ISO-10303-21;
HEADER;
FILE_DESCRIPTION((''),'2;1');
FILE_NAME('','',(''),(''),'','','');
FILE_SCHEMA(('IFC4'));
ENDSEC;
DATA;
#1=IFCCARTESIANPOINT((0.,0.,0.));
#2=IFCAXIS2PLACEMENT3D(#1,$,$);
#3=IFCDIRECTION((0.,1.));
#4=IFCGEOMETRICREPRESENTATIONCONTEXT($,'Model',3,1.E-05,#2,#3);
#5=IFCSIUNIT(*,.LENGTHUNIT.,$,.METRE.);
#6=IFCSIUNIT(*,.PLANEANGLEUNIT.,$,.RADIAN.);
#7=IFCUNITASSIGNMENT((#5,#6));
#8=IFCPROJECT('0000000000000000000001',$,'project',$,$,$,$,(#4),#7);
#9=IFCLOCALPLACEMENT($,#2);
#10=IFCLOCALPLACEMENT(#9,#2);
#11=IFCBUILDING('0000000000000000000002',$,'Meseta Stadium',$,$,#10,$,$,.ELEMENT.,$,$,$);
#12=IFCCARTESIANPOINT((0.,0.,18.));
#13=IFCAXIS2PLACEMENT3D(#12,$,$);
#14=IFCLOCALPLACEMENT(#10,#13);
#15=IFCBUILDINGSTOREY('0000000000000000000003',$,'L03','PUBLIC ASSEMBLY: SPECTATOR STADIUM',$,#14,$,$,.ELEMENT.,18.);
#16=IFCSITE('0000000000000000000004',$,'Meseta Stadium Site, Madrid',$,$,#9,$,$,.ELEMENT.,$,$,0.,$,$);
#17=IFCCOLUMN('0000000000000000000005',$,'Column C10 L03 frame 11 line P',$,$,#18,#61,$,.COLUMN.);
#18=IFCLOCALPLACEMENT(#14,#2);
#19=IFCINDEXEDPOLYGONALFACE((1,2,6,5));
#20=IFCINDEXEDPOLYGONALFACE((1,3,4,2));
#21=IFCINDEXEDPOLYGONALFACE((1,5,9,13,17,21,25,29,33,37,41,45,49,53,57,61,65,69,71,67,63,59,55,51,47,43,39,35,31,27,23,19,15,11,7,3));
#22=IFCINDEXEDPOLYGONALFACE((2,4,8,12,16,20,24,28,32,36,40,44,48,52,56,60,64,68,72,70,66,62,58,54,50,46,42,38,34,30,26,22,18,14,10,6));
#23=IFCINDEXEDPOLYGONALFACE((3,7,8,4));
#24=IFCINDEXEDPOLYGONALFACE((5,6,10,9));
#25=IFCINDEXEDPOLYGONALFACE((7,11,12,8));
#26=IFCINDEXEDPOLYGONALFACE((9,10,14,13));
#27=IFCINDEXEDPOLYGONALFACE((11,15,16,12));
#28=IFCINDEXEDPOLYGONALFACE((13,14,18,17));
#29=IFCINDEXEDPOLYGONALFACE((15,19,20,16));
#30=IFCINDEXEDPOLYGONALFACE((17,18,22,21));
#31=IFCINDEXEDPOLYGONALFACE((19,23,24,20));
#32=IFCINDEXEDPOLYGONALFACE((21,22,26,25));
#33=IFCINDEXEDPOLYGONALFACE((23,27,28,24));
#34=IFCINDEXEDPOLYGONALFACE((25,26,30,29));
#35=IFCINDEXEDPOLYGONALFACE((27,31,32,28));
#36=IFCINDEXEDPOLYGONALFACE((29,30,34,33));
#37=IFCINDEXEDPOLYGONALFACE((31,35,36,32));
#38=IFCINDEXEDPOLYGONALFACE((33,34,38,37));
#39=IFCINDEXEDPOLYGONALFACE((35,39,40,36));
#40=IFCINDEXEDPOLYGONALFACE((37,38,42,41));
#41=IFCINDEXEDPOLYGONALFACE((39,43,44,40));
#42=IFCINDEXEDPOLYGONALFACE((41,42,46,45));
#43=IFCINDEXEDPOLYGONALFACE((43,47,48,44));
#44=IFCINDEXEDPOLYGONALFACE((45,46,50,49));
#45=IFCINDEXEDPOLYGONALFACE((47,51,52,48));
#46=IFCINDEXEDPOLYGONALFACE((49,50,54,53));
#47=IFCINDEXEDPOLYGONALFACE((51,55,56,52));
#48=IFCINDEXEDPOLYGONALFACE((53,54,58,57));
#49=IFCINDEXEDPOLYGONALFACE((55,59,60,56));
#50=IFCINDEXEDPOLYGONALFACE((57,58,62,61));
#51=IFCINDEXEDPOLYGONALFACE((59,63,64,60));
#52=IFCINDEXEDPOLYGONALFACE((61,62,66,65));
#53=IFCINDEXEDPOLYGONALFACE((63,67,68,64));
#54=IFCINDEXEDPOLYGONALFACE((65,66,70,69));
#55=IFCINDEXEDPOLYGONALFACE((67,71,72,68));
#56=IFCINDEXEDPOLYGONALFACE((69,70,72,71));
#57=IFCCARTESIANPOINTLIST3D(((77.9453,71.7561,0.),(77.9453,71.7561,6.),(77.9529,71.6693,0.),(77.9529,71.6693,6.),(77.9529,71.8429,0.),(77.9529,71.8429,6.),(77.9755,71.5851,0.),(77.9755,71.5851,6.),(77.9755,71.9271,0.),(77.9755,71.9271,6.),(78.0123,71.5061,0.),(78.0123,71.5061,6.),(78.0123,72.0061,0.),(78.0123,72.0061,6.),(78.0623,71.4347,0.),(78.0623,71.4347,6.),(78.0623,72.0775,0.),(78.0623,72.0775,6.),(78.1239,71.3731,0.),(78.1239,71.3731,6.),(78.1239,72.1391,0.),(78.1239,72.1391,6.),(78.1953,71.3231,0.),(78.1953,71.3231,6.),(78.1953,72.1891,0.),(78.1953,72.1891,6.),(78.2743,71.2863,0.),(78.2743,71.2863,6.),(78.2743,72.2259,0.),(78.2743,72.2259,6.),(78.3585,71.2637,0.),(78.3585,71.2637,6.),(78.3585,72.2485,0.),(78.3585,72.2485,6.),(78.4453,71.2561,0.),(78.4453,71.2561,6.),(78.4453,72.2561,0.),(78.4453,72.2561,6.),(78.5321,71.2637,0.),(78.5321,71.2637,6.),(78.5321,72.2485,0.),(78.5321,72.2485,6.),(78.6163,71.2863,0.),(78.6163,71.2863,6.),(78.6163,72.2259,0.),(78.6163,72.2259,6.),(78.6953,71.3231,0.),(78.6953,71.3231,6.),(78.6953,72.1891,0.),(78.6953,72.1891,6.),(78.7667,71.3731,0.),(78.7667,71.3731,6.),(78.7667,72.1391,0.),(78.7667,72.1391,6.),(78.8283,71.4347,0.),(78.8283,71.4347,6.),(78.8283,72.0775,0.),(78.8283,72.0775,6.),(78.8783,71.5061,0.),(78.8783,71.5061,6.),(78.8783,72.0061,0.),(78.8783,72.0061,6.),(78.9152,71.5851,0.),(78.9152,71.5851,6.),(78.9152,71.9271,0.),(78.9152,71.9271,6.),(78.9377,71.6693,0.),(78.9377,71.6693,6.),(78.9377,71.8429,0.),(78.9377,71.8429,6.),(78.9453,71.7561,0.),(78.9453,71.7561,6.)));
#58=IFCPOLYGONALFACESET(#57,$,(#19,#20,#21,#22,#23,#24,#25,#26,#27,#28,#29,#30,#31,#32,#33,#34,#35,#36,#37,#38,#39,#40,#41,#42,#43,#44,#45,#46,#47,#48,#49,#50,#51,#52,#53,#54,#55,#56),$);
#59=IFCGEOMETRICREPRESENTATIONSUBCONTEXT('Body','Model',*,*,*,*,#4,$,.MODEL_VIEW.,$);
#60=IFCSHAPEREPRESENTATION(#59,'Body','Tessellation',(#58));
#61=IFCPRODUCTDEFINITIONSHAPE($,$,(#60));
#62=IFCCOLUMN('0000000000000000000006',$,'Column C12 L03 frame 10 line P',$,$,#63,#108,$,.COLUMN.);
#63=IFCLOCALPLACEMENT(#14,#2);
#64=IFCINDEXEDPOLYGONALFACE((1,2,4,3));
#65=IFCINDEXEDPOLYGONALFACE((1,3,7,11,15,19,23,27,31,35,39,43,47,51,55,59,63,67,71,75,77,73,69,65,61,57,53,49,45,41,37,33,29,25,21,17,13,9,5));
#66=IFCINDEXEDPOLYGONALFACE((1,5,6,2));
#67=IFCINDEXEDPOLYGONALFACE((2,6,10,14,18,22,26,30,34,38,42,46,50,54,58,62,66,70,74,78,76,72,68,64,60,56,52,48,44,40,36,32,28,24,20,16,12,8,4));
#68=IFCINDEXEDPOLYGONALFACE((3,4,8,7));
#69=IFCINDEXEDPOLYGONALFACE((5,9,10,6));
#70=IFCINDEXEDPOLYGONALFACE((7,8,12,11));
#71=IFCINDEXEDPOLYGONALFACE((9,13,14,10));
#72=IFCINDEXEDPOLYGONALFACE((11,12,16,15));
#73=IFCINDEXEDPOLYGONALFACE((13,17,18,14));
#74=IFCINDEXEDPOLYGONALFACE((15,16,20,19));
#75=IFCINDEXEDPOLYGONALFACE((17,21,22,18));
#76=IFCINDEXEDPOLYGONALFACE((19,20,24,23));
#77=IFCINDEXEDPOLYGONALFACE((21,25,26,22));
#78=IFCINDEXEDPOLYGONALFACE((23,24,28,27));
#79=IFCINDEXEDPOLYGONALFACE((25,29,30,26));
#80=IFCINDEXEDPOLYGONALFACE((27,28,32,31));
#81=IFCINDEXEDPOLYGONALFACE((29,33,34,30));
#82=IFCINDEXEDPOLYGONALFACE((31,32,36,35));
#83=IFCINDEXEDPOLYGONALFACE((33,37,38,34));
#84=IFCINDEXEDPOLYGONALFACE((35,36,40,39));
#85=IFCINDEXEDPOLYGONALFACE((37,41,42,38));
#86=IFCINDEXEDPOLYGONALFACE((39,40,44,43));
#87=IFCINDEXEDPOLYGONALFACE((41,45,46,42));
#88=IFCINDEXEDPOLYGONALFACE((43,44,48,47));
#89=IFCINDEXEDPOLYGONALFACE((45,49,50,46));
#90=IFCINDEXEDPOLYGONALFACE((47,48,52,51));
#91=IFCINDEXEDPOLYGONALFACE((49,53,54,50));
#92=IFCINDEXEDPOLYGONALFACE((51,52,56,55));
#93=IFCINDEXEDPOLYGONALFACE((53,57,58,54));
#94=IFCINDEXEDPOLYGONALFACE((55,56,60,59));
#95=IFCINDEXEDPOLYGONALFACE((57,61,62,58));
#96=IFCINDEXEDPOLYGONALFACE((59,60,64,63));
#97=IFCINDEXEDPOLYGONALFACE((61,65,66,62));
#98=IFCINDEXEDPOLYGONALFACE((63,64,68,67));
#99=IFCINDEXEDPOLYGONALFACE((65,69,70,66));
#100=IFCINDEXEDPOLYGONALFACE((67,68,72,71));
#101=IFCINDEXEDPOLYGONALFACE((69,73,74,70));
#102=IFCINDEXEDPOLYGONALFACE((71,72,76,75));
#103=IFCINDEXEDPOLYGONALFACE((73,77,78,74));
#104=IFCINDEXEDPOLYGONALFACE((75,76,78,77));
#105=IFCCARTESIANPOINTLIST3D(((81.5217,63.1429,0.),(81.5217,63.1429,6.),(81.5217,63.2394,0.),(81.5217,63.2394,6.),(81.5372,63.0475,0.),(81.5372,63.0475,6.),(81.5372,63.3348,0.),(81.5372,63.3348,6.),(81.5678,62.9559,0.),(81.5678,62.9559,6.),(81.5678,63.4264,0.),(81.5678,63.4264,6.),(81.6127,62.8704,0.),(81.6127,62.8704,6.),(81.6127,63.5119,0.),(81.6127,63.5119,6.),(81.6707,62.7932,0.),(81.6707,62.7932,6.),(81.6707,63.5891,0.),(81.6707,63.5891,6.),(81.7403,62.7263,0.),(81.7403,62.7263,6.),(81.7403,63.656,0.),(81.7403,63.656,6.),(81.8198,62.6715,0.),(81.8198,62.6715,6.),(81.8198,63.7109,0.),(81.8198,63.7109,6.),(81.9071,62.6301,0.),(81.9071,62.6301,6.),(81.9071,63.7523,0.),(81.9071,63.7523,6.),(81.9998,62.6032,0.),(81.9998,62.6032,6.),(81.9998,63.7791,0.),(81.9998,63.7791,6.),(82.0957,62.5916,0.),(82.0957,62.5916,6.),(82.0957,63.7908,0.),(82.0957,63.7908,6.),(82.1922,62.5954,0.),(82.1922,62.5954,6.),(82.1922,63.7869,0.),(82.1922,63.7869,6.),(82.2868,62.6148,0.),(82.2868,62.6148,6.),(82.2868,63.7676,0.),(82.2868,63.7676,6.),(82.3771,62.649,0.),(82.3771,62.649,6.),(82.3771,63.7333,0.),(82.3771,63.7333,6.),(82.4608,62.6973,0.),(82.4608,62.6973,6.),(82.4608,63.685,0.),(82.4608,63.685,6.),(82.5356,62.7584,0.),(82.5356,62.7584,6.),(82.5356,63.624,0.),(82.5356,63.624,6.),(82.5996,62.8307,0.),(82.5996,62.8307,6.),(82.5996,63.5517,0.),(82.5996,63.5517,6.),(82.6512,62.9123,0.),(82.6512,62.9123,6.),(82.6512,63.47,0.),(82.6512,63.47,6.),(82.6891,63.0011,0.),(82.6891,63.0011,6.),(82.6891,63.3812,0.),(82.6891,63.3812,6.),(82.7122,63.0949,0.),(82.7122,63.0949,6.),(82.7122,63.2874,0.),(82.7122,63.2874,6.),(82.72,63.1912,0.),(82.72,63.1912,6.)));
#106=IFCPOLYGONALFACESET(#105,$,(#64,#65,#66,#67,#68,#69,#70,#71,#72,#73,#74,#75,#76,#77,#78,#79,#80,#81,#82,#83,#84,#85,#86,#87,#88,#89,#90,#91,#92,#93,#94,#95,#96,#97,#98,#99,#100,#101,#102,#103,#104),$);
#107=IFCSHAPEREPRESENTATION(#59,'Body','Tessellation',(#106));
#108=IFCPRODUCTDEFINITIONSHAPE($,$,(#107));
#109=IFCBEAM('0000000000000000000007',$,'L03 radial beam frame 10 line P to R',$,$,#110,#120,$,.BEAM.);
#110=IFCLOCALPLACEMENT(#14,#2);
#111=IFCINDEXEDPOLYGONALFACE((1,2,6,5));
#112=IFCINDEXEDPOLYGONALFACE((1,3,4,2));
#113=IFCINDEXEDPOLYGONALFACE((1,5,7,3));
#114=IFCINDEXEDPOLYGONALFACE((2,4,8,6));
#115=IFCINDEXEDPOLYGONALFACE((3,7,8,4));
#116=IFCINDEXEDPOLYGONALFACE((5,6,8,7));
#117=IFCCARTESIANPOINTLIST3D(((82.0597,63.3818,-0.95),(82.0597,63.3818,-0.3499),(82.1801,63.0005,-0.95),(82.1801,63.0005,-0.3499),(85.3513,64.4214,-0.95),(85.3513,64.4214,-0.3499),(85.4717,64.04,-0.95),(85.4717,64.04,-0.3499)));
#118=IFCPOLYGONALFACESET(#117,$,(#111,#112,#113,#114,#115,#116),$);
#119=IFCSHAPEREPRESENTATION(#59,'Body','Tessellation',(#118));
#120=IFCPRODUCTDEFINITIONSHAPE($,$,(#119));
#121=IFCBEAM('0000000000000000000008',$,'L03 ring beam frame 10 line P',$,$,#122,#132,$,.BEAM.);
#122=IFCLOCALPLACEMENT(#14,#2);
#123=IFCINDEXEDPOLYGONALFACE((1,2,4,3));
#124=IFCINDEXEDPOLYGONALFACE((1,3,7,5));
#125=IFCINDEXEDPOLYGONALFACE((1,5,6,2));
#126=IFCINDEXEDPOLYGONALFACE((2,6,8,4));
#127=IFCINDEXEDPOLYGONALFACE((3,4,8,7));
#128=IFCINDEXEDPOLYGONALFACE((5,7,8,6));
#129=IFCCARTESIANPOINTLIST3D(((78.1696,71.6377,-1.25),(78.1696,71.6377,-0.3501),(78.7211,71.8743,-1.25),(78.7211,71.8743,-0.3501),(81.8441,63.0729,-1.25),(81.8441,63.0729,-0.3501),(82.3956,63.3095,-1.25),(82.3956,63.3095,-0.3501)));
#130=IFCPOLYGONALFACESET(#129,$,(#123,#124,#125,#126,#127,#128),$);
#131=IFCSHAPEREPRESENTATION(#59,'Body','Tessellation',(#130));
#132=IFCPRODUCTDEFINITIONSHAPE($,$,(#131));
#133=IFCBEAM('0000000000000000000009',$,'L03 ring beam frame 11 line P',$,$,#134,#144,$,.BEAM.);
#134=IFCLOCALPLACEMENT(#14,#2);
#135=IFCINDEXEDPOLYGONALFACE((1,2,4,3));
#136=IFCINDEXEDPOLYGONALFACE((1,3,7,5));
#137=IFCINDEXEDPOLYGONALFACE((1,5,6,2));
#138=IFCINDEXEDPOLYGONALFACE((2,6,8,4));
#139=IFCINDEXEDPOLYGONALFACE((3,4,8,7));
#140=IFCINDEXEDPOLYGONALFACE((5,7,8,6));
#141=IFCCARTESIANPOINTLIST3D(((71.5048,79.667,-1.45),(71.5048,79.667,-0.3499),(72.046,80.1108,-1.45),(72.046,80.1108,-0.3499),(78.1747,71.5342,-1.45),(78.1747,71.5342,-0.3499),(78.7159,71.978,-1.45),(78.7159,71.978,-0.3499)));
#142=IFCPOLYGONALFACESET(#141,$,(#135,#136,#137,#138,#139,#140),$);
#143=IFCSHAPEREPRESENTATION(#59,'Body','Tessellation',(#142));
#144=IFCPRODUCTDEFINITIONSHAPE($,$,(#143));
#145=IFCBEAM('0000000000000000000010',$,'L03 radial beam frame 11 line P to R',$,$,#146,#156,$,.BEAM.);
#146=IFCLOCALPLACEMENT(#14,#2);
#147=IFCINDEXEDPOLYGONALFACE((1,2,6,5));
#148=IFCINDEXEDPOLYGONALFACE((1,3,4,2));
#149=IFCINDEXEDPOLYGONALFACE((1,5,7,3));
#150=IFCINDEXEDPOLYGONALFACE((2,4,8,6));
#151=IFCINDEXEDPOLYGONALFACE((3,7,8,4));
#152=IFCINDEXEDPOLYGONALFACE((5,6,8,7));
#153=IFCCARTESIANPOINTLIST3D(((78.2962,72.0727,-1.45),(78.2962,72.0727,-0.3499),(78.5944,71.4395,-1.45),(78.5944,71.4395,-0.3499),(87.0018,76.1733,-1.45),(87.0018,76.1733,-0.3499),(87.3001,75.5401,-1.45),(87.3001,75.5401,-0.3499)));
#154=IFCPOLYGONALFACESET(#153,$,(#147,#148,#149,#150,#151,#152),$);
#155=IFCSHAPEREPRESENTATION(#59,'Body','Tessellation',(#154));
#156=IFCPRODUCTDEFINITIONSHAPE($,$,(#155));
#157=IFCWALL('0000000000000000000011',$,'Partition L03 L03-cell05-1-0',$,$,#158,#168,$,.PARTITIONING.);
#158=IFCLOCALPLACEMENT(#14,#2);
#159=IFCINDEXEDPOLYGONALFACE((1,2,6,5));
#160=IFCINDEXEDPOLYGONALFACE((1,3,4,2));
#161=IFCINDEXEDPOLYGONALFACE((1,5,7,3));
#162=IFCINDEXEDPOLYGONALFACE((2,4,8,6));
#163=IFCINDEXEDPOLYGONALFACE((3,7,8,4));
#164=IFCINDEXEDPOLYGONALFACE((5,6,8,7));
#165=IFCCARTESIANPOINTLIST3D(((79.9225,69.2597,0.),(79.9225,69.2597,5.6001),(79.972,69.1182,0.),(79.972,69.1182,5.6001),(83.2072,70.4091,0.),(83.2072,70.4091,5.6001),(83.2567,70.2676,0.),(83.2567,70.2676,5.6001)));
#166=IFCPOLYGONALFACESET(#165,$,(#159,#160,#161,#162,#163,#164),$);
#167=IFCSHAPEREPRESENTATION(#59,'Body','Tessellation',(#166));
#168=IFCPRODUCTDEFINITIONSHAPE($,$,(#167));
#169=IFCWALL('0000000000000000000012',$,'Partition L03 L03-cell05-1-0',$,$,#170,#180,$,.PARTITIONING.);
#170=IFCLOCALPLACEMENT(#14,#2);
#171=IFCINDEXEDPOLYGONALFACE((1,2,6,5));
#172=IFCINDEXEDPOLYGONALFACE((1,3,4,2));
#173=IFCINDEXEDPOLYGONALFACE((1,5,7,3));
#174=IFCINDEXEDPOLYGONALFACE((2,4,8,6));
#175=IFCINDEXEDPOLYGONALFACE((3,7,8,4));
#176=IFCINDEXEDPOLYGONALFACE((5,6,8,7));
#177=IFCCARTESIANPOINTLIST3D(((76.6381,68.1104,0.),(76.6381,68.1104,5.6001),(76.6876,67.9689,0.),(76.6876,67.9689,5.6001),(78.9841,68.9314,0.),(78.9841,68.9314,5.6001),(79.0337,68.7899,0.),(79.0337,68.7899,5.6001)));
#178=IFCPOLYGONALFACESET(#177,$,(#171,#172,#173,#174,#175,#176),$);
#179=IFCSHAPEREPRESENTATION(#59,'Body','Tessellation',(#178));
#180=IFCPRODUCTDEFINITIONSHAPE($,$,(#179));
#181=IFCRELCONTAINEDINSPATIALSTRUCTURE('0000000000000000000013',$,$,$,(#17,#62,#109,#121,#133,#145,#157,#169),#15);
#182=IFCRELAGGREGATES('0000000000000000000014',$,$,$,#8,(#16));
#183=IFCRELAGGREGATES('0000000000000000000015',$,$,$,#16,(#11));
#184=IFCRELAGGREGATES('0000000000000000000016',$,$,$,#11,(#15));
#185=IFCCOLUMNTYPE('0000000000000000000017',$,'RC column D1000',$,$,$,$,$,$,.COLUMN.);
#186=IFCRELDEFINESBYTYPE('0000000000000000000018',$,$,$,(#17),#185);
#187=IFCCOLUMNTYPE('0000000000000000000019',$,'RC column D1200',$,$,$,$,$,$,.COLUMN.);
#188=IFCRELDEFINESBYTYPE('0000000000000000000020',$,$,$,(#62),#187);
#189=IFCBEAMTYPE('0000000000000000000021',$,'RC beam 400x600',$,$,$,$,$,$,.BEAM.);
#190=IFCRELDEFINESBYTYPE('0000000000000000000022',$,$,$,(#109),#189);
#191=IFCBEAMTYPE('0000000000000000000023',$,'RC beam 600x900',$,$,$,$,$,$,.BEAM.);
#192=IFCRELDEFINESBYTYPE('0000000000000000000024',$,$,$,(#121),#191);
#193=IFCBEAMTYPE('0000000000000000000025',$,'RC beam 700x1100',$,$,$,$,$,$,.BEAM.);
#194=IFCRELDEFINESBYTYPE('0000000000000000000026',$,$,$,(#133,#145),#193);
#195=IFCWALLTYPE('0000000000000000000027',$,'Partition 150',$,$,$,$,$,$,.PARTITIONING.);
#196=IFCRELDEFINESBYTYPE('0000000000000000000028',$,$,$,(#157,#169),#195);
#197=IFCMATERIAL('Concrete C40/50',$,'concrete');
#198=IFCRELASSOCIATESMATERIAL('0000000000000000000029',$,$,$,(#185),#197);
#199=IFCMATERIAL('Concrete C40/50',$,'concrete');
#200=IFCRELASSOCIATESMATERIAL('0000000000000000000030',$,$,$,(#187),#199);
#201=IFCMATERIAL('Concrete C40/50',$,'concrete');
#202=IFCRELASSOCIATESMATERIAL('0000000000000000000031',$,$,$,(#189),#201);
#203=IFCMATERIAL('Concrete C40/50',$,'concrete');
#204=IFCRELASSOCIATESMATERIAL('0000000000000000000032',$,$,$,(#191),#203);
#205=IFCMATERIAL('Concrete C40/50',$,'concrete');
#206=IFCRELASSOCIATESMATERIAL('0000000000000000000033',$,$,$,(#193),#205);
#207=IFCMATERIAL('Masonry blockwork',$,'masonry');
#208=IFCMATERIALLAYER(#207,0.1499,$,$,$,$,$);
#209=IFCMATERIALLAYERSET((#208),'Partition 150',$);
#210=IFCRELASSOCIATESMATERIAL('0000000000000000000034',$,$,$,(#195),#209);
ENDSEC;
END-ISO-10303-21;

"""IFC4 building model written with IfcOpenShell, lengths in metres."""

from ifc_helpers import new_model, si_unit, direction, frame, frame_2d, origin, origin_2d, place, context, subcontext, project, spatial, rectangle, circle, extrude, material, layer, layer_set, material_profile, profile_set, type_object, element, save


model = new_model("IFC4")

# Units and contexts
model_context = context("Model", 3, precision=1e-05, world=origin(), true_north=direction((0.0, 1.0)))
body_context = subcontext(model_context, "Body", "Model", "MODEL_VIEW")
ifc_project = project(units=[si_unit("LENGTHUNIT", "METRE"), si_unit("PLANEANGLEUNIT", "RADIAN")], contexts=[model_context])

# Site, building, storey
site_placement = place(None, origin())
site = spatial("IfcSite", under=ifc_project, at=site_placement, Name="Meseta Stadium Site, Madrid", CompositionType="ELEMENT", RefElevation=0.0)
building_placement = place(site_placement, origin())
building = spatial("IfcBuilding", under=site, at=building_placement, Name="Meseta Stadium", CompositionType="ELEMENT")
storey_placement = place(building_placement, frame((0.0, 0.0, 18.0)))
storey = spatial("IfcBuildingStorey", under=building, at=storey_placement, Name="L03", Description="PUBLIC ASSEMBLY: SPECTATOR STADIUM", CompositionType="ELEMENT", Elevation=18.0)

# Columns
ifc_material_1 = material(Name="Concrete C40/50", Category="concrete")
ifc_material_profile_1 = material_profile(ifc_material_1, circle(Radius=0.5, at=origin_2d()), Name="RC D1000")
ifc_profile_set_1 = profile_set([ifc_material_profile_1], Name="Concrete C40/50")
column_type_1 = type_object("IfcColumnType", Name="RC column D1000", PredefinedType="COLUMN", material=ifc_profile_set_1)
column_1_placement = place(storey_placement, frame((78.4453, 71.7561, 0.0), z_axis=(0.0, 0.0, 1.0), x_axis=(1.0, 0.0, 0.0)))
element("IfcColumn", 1, at=column_1_placement, inside=storey, type_object=column_type_1, Name="Column C10 L03 frame 11 line P", PredefinedType="COLUMN", context=body_context, shape_type="SweptSolid", body=[
    extrude(circle(Radius=0.5, at=origin_2d()), origin(), (0.0, 0.0, 1.0), 6.0),
])
ifc_material_2 = material(Name="Concrete C40/50", Category="concrete")
ifc_material_profile_2 = material_profile(ifc_material_2, circle(Radius=0.6001, at=origin_2d()), Name="RC D1200")
ifc_profile_set_2 = profile_set([ifc_material_profile_2], Name="Concrete C40/50")
column_type_2 = type_object("IfcColumnType", Name="RC column D1200", PredefinedType="COLUMN", material=ifc_profile_set_2)
column_2_placement = place(storey_placement, frame((82.1199, 63.1912, 0.0), z_axis=(0.0, 0.0, 1.0), x_axis=(1.0, 0.0, 0.0)))
element("IfcColumn", 2, at=column_2_placement, inside=storey, type_object=column_type_2, Name="Column C12 L03 frame 10 line P", PredefinedType="COLUMN", context=body_context, shape_type="SweptSolid", body=[
    extrude(circle(Radius=0.6001, at=origin_2d()), origin(), (0.0, 0.0, 1.0), 6.0),
])

# Beams
ifc_material_3 = material(Name="Concrete C40/50", Category="concrete")
ifc_material_profile_3 = material_profile(ifc_material_3, rectangle(XDim=0.3999, YDim=0.6001, at=origin_2d()), Name="RC 400x600")
ifc_profile_set_3 = profile_set([ifc_material_profile_3], Name="Concrete C40/50")
beam_type_1 = type_object("IfcBeamType", Name="RC beam 400x600", PredefinedType="BEAM", material=ifc_profile_set_3)
beam_1_placement = place(storey_placement, frame((82.1199, 63.1912, -0.6499), z_axis=(0.953578, 0.301145, 0.0), x_axis=(-0.301145, 0.953578, 0.0)))
element("IfcBeam", 3, at=beam_1_placement, inside=storey, type_object=beam_type_1, Name="L03 radial beam frame 10 line P to R", PredefinedType="BEAM", context=body_context, shape_type="SweptSolid", body=[
    extrude(rectangle(XDim=0.3999, YDim=0.6001, at=origin_2d()), origin(), (0.0, 0.0, 1.0), 3.4519),
])
ifc_material_4 = material(Name="Concrete C40/50", Category="concrete")
ifc_material_profile_4 = material_profile(ifc_material_4, rectangle(XDim=0.6001, YDim=0.8999, at=origin_2d()), Name="RC 600x900")
ifc_profile_set_4 = profile_set([ifc_material_profile_4], Name="Concrete C40/50")
beam_type_2 = type_object("IfcBeamType", Name="RC beam 600x900", PredefinedType="BEAM", material=ifc_profile_set_4)
beam_2_placement = place(storey_placement, frame((82.1199, 63.1912, -0.8), z_axis=(-0.39427, 0.918995, 0.0), x_axis=(-0.918995, -0.39427, 0.0)))
element("IfcBeam", 4, at=beam_2_placement, inside=storey, type_object=beam_type_2, Name="L03 ring beam frame 10 line P", PredefinedType="BEAM", context=body_context, shape_type="SweptSolid", body=[
    extrude(rectangle(XDim=0.6001, YDim=0.8999, at=origin_2d()), origin(), (0.0, 0.0, 1.0), 9.3198),
])
ifc_material_5 = material(Name="Concrete C40/50", Category="concrete")
ifc_material_profile_5 = material_profile(ifc_material_5, rectangle(XDim=0.7, YDim=1.1001, at=origin_2d()), Name="RC 700x1100")
ifc_profile_set_5 = profile_set([ifc_material_profile_5], Name="Concrete C40/50")
beam_type_3 = type_object("IfcBeamType", Name="RC beam 700x1100", PredefinedType="BEAM", material=ifc_profile_set_5)
beam_3_placement = place(storey_placement, frame((78.4453, 71.7561, -0.8999), z_axis=(-0.634137, 0.77322, 0.0), x_axis=(-0.77322, -0.634137, 0.0)))
element("IfcBeam", 5, at=beam_3_placement, inside=storey, type_object=beam_type_3, Name="L03 ring beam frame 11 line P", PredefinedType="BEAM", context=body_context, shape_type="SweptSolid", body=[
    extrude(rectangle(XDim=0.7, YDim=1.1001, at=origin_2d()), origin(), (0.0, 0.0, 1.0), 10.5181),
])
beam_4_placement = place(storey_placement, frame((78.4453, 71.7561, -0.8999), z_axis=(0.904665, 0.426124, 0.0), x_axis=(-0.426124, 0.904665, 0.0)))
element("IfcBeam", 6, at=beam_4_placement, inside=storey, type_object=beam_type_3, Name="L03 radial beam frame 11 line P to R", PredefinedType="BEAM", context=body_context, shape_type="SweptSolid", body=[
    extrude(rectangle(XDim=0.7, YDim=1.1001, at=origin_2d()), origin(), (0.0, 0.0, 1.0), 9.623),
])

# Walls
ifc_material_6 = material(Name="Masonry blockwork", Category="masonry")
ifc_layer = layer(ifc_material_6, 0.1499)
ifc_layer_set = layer_set([ifc_layer], Name="Partition 150")
wall_type = type_object("IfcWallType", Name="Partition 150", PredefinedType="PARTITIONING", material=ifc_layer_set)
wall_1_placement = place(storey_placement, frame((83.2319, 70.3384, 0.0), z_axis=(0.0, 0.0, 1.0), x_axis=(-0.943878, -0.330294, 0.0)))
element("IfcWall", 7, at=wall_1_placement, inside=storey, type_object=wall_type, Name="Partition L03 L03-cell05-1-0", PredefinedType="PARTITIONING", context=body_context, shape_type="SweptSolid", body=[
    extrude(rectangle(XDim=3.48, YDim=0.1499, at=frame_2d((1.74, 0.0))), origin(), (0.0, 0.0, 1.0), 5.6001),
])
wall_2_placement = place(storey_placement, frame((79.0088, 68.8606, 0.0), z_axis=(0.0, 0.0, 1.0), x_axis=(-0.943874, -0.330307, 0.0)))
element("IfcWall", 8, at=wall_2_placement, inside=storey, type_object=wall_type, Name="Partition L03 L03-cell05-1-0", PredefinedType="PARTITIONING", context=body_context, shape_type="SweptSolid", body=[
    extrude(rectangle(XDim=2.4856, YDim=0.1499, at=frame_2d((1.2427, 0.0))), origin(), (0.0, 0.0, 1.0), 5.6001),
])

save(model, "model.ifc")
